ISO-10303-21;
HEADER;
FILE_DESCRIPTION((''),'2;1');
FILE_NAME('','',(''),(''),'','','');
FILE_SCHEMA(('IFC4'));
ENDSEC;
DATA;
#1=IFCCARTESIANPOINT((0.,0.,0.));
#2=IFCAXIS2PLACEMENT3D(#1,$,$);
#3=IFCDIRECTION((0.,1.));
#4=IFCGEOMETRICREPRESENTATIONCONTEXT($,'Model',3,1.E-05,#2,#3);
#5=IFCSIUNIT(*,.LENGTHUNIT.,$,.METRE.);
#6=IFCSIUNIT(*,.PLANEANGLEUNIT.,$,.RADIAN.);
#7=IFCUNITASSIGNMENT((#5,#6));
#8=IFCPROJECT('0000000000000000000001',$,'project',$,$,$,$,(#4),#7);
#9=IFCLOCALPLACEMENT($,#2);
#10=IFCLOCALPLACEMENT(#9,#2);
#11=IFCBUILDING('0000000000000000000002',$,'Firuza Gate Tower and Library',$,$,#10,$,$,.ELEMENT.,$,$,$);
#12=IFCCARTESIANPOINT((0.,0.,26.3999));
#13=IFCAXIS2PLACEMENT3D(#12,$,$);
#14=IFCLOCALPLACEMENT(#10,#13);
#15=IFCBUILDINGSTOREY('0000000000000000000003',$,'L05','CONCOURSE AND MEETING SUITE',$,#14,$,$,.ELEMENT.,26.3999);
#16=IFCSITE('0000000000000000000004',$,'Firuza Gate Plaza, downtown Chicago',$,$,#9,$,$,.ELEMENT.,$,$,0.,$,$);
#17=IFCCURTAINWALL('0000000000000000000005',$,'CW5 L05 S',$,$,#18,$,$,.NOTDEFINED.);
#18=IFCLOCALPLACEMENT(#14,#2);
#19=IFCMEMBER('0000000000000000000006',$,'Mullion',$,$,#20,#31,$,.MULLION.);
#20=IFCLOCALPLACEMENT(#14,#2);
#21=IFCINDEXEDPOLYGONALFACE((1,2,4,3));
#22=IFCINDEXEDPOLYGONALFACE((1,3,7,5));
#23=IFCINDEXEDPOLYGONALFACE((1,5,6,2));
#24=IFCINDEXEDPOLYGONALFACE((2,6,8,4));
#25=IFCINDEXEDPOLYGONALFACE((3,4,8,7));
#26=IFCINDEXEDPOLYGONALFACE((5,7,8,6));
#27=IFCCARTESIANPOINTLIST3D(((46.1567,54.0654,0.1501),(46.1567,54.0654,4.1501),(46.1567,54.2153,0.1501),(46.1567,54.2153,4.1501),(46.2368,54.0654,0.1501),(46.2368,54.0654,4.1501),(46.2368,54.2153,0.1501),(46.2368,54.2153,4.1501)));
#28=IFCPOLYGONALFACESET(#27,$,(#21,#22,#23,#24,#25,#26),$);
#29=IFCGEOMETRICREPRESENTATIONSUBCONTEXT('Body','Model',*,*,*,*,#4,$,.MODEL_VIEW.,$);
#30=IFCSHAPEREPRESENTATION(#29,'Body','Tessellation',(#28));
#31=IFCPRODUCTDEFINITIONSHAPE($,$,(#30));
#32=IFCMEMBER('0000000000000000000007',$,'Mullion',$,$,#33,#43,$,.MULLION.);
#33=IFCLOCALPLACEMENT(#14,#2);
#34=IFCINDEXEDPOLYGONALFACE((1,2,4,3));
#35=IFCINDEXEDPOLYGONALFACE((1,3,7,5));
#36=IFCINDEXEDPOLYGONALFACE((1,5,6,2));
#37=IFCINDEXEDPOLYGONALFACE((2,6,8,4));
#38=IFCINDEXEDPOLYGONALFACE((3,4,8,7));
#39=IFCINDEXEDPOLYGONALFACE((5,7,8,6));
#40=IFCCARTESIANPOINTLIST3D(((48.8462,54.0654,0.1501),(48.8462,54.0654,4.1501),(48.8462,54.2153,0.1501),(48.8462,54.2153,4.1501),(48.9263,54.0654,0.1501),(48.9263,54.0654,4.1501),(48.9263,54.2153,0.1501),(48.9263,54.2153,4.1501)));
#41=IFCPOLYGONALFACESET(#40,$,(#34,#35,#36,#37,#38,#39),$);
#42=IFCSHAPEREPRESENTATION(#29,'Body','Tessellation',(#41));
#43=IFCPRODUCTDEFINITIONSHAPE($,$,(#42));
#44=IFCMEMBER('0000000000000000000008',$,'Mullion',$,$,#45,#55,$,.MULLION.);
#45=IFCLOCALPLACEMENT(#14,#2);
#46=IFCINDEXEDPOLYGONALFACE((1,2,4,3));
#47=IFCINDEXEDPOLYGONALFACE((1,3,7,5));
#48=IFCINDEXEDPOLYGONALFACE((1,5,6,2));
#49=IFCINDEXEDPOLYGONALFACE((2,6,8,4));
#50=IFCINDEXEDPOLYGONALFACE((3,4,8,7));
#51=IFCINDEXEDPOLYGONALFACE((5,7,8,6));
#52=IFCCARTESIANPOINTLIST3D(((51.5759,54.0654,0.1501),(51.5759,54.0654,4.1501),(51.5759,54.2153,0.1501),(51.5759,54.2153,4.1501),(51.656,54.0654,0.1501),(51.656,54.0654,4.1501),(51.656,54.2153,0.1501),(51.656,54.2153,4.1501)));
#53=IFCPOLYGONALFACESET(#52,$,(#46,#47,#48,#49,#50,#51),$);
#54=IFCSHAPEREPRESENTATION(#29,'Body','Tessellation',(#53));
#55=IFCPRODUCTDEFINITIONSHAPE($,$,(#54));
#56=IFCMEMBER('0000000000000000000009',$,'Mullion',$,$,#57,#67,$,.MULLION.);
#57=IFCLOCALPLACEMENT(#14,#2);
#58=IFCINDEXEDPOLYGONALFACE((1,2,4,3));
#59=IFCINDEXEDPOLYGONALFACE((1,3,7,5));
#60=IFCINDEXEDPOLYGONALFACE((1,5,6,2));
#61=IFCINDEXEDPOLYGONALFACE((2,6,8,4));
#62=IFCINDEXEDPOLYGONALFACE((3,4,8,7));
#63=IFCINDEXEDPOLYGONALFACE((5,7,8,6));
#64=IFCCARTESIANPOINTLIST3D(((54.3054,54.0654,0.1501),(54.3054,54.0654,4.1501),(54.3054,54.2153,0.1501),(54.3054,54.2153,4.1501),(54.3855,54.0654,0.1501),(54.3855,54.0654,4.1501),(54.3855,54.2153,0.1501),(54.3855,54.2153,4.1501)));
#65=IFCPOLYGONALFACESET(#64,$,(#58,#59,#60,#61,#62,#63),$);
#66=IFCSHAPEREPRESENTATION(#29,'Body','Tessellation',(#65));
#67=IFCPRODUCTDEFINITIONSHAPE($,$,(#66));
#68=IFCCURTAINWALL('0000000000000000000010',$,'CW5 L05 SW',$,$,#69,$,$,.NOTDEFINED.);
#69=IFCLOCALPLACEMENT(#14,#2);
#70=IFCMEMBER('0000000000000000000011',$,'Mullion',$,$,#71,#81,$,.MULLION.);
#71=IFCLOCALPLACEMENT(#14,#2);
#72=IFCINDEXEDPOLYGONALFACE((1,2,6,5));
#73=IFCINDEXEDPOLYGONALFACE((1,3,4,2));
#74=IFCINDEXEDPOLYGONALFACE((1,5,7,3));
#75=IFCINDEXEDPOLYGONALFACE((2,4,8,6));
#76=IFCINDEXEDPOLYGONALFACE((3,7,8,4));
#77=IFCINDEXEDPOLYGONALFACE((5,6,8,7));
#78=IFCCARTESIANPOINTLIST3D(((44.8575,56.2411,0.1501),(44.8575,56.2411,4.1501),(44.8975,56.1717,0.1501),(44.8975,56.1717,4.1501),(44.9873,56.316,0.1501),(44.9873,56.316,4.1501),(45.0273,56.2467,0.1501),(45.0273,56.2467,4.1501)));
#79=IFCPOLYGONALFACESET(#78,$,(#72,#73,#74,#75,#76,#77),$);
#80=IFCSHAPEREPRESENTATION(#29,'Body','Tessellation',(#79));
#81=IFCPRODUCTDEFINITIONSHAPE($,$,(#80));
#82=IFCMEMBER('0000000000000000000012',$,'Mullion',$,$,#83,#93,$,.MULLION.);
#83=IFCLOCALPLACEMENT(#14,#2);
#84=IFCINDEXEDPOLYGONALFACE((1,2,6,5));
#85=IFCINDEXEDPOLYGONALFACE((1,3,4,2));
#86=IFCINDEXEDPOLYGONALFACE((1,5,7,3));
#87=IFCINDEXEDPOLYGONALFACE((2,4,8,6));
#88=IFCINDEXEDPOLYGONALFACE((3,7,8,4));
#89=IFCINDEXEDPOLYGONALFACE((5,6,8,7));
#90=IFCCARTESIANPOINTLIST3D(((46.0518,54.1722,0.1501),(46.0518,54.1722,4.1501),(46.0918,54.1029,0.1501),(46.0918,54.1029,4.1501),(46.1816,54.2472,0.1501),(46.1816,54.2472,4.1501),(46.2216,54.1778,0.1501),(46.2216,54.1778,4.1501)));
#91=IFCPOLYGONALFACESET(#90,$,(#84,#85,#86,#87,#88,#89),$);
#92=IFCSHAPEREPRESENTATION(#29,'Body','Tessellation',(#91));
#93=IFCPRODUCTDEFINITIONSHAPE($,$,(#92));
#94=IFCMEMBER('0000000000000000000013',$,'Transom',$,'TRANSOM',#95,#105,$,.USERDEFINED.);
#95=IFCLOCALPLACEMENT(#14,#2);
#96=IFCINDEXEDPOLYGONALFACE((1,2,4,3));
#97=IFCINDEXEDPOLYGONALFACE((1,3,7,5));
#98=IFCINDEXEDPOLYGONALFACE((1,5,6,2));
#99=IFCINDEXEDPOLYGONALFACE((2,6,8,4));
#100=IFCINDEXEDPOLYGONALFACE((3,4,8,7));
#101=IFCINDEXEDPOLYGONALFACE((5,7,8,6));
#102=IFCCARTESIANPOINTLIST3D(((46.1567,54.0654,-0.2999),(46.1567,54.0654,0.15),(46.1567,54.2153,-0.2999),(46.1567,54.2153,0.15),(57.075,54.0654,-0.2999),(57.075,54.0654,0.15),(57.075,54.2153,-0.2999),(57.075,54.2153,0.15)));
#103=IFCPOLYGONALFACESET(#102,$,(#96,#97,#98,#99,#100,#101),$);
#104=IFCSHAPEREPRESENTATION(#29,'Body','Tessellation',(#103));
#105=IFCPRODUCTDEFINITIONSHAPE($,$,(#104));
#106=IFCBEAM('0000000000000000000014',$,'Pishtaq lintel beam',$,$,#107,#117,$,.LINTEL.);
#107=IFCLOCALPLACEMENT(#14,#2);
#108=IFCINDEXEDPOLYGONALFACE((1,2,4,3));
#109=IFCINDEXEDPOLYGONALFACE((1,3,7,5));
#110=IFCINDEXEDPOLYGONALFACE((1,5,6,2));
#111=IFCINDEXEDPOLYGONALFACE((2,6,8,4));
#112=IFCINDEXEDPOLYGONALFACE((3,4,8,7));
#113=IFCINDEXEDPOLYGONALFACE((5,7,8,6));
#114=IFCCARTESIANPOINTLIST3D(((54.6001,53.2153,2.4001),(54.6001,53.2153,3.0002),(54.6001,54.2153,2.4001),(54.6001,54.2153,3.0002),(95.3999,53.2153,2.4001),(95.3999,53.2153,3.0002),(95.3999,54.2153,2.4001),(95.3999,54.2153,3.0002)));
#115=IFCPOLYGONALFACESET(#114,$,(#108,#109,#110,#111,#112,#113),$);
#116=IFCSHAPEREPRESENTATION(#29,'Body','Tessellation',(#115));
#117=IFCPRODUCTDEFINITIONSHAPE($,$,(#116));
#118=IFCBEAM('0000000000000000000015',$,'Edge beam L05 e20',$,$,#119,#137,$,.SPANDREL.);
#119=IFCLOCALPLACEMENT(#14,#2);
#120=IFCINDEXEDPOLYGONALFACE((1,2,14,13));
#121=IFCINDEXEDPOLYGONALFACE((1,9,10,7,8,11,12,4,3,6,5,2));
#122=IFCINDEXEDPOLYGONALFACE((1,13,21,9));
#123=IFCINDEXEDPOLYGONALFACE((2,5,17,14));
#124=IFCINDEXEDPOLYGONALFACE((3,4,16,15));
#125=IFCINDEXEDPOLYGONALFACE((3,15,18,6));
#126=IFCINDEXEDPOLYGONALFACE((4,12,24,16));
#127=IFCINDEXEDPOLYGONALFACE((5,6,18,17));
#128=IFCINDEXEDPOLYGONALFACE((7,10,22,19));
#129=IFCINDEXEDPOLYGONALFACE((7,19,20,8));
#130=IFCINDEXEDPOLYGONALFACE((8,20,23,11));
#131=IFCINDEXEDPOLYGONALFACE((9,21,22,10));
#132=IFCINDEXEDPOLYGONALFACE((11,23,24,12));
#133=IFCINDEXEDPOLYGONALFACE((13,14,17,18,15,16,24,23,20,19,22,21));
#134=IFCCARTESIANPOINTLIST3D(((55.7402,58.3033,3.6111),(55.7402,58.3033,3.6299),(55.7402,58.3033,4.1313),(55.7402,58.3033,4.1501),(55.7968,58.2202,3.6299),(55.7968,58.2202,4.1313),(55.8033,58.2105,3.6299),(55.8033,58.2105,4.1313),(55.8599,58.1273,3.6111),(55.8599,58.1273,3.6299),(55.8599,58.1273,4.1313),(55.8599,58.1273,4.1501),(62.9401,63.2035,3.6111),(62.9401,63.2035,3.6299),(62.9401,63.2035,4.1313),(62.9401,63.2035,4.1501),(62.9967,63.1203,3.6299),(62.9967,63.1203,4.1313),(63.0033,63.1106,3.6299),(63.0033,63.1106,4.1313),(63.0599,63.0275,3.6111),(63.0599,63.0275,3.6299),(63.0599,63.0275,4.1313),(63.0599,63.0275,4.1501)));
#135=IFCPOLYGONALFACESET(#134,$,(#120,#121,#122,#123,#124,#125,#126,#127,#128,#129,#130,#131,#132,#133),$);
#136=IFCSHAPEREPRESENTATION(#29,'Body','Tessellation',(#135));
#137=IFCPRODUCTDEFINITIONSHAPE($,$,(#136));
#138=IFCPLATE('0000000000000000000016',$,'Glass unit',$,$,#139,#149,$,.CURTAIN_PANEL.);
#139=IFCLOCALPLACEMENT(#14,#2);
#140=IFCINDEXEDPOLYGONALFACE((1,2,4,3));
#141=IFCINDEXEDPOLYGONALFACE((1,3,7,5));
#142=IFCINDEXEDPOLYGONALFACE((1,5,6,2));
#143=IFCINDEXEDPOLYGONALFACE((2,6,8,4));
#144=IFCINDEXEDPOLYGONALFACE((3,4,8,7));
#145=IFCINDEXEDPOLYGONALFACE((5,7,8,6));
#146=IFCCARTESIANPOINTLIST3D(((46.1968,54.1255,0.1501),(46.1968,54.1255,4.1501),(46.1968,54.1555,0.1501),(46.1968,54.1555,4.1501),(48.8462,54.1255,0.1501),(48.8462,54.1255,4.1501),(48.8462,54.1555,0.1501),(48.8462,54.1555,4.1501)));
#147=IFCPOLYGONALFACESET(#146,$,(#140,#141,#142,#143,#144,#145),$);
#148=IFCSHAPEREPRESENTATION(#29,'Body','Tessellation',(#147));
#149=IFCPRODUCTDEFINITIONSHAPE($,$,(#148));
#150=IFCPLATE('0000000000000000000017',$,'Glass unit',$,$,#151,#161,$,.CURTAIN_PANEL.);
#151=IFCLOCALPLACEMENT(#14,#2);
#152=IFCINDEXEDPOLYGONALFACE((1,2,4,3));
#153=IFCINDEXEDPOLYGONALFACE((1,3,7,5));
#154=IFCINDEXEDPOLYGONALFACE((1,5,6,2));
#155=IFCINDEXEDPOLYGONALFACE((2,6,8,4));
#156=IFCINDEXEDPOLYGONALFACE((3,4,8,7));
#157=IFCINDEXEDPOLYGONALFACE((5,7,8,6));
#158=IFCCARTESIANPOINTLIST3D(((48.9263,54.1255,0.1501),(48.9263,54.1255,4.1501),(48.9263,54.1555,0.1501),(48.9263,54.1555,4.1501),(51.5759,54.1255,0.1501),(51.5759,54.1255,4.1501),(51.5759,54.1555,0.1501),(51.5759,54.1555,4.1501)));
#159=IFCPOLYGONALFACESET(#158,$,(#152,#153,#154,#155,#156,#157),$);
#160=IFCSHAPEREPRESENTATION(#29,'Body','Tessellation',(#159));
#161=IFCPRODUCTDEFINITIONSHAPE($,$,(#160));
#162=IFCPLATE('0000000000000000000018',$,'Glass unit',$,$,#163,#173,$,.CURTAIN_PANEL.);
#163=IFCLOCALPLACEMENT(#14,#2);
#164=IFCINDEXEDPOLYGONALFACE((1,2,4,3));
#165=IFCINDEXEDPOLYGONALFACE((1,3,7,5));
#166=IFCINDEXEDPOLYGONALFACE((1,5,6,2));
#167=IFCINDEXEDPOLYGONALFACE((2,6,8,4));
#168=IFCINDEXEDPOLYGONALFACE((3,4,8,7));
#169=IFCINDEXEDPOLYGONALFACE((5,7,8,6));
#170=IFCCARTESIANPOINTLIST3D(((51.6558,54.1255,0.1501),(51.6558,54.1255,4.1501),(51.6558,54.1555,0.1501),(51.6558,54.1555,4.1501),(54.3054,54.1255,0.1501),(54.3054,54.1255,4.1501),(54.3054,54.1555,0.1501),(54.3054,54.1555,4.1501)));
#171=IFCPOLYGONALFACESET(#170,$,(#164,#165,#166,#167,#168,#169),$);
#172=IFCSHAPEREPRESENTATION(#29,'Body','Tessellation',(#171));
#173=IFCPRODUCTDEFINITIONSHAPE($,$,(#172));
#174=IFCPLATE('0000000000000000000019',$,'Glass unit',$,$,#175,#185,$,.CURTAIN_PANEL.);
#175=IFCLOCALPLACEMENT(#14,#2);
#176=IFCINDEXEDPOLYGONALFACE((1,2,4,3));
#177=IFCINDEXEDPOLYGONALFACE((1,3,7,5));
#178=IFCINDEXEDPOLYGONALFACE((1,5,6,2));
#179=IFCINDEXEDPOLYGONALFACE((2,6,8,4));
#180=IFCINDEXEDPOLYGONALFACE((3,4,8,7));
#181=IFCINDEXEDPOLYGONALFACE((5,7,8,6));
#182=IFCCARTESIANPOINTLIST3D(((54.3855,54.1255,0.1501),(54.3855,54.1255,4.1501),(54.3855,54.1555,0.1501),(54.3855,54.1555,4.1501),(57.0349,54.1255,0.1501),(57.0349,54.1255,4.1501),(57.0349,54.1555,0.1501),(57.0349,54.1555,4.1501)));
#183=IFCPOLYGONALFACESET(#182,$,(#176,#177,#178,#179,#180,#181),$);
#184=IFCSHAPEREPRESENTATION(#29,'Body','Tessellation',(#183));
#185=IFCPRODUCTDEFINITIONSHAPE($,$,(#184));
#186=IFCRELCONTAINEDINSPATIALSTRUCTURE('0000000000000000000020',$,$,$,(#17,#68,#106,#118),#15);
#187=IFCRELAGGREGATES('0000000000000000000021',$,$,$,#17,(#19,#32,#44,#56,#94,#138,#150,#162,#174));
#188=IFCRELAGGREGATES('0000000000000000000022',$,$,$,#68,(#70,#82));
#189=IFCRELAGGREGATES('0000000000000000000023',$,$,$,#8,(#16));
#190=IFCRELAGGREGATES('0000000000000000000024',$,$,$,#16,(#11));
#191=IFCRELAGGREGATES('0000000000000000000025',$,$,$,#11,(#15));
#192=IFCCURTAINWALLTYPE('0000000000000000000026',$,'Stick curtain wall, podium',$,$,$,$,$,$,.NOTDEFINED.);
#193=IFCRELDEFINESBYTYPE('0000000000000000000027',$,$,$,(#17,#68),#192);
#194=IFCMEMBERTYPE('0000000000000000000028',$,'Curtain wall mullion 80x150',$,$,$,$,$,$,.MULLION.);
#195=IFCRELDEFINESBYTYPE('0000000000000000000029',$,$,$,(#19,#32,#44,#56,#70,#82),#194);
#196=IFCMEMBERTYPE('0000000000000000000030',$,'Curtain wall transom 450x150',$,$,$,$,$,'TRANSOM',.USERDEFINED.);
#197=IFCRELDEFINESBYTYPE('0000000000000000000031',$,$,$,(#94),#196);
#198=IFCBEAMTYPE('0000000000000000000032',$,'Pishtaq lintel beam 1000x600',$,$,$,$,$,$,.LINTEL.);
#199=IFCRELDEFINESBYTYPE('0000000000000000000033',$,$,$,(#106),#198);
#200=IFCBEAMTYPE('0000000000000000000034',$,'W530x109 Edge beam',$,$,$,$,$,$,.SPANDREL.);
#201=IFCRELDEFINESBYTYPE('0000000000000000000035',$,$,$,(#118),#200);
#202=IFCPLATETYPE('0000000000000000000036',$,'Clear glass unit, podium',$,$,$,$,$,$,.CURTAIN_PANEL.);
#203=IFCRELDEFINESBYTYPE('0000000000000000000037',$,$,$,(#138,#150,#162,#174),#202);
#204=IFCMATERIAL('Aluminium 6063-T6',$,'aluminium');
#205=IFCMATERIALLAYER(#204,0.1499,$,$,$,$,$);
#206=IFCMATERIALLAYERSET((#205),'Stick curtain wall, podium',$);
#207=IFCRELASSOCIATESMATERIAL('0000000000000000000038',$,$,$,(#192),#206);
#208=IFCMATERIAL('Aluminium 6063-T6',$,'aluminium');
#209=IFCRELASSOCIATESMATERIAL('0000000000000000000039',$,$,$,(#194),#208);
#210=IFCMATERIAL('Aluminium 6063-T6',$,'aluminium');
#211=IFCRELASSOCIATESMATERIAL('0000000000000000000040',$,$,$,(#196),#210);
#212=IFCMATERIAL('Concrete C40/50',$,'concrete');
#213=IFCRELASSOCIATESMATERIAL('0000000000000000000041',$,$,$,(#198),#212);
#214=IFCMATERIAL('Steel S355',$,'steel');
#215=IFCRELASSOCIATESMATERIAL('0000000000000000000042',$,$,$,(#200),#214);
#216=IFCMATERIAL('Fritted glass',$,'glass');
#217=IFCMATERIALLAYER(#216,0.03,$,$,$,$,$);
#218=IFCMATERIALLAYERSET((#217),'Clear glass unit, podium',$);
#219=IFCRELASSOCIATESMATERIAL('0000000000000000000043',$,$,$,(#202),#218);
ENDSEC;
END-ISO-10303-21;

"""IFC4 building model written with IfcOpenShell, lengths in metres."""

from ifc_helpers import new_model, si_unit, direction, frame, origin, origin_2d, place, context, subcontext, project, spatial, polyline, rectangle, i_section, outline, extrude, material, layer, layer_set, material_profile, profile_set, type_object, element, aggregate, save


model = new_model("IFC4")

# Units and contexts
model_context = context("Model", 3, precision=1e-05, world=origin(), true_north=direction((0.0, 1.0)))
body_context = subcontext(model_context, "Body", "Model", "MODEL_VIEW")
ifc_project = project(units=[si_unit("LENGTHUNIT", "METRE"), si_unit("PLANEANGLEUNIT", "RADIAN")], contexts=[model_context])

# Site, building, storey
site_placement = place(None, origin())
site = spatial("IfcSite", under=ifc_project, at=site_placement, Name="Firuza Gate Plaza, downtown Chicago", CompositionType="ELEMENT", RefElevation=0.0)
building_placement = place(site_placement, origin())
building = spatial("IfcBuilding", under=site, at=building_placement, Name="Firuza Gate Tower and Library", CompositionType="ELEMENT")
storey_placement = place(building_placement, frame((0.0, 0.0, 26.3999)))
storey = spatial("IfcBuildingStorey", under=building, at=storey_placement, Name="L05", Description="CONCOURSE AND MEETING SUITE", CompositionType="ELEMENT", Elevation=26.3999)

# Curtain walls, members
ifc_material_1 = material(Name="Aluminium 6063-T6", Category="aluminium")
ifc_layer_1 = layer(ifc_material_1, 0.1499)
ifc_layer_set_1 = layer_set([ifc_layer_1], Name="Stick curtain wall, podium")
curtain_wall_type = type_object("IfcCurtainWallType", Name="Stick curtain wall, podium", PredefinedType="NOTDEFINED", material=ifc_layer_set_1)
placement_1 = place(storey_placement, origin())
curtain_wall_1 = element("IfcCurtainWall", 1, at=placement_1, inside=storey, type_object=curtain_wall_type, Name="CW5 L05 S", PredefinedType="NOTDEFINED")
ifc_material_2 = material(Name="Aluminium 6063-T6", Category="aluminium")
ifc_material_profile_1 = material_profile(ifc_material_2, rectangle(XDim=0.1499, YDim=0.0801, at=origin_2d()))
ifc_profile_set_1 = profile_set([ifc_material_profile_1], Name="Aluminium 6063-T6")
member_type_1 = type_object("IfcMemberType", Name="Curtain wall mullion 80x150", PredefinedType="MULLION", material=ifc_profile_set_1)
member_1_placement = place(storey_placement, frame((46.1968, 54.1404, 0.1501), z_axis=(0.0, 0.0, 1.0), x_axis=(0.0, 1.0, 0.0)))
member_1 = element("IfcMember", 2, at=member_1_placement, type_object=member_type_1, Name="Mullion", PredefinedType="MULLION", context=body_context, shape_type="SweptSolid", body=[
    extrude(rectangle(XDim=0.1499, YDim=0.0801, at=origin_2d()), origin(), (0.0, 0.0, 1.0), 4.0),
])
member_2_placement = place(storey_placement, frame((48.8862, 54.1404, 0.1501), z_axis=(0.0, 0.0, 1.0), x_axis=(0.0, 1.0, 0.0)))
member_2 = element("IfcMember", 3, at=member_2_placement, type_object=member_type_1, Name="Mullion", PredefinedType="MULLION", context=body_context, shape_type="SweptSolid", body=[
    extrude(rectangle(XDim=0.1499, YDim=0.0801, at=origin_2d()), origin(), (0.0, 0.0, 1.0), 4.0),
])
member_3_placement = place(storey_placement, frame((51.616, 54.1404, 0.1501), z_axis=(0.0, 0.0, 1.0), x_axis=(0.0, 1.0, 0.0)))
member_3 = element("IfcMember", 4, at=member_3_placement, type_object=member_type_1, Name="Mullion", PredefinedType="MULLION", context=body_context, shape_type="SweptSolid", body=[
    extrude(rectangle(XDim=0.1499, YDim=0.0801, at=origin_2d()), origin(), (0.0, 0.0, 1.0), 4.0),
])
member_4_placement = place(storey_placement, frame((54.3455, 54.1404, 0.1501), z_axis=(0.0, 0.0, 1.0), x_axis=(0.0, 1.0, 0.0)))
member_4 = element("IfcMember", 5, at=member_4_placement, type_object=member_type_1, Name="Mullion", PredefinedType="MULLION", context=body_context, shape_type="SweptSolid", body=[
    extrude(rectangle(XDim=0.1499, YDim=0.0801, at=origin_2d()), origin(), (0.0, 0.0, 1.0), 4.0),
])
curtain_wall_2 = element("IfcCurtainWall", 6, at=placement_1, inside=storey, type_object=curtain_wall_type, Name="CW5 L05 SW", PredefinedType="NOTDEFINED")
member_5_placement = place(storey_placement, frame((44.9424, 56.2439, 0.1501), z_axis=(0.0, 0.0, 1.0), x_axis=(0.866025, 0.5, 0.0)))
member_5 = element("IfcMember", 7, at=member_5_placement, type_object=member_type_1, Name="Mullion", PredefinedType="MULLION", context=body_context, shape_type="SweptSolid", body=[
    extrude(rectangle(XDim=0.1499, YDim=0.0801, at=origin_2d()), origin(), (0.0, 0.0, 1.0), 4.0),
])
member_6_placement = place(storey_placement, frame((46.1367, 54.175, 0.1501), z_axis=(0.0, 0.0, 1.0), x_axis=(0.866025, 0.5, 0.0)))
member_6 = element("IfcMember", 8, at=member_6_placement, type_object=member_type_1, Name="Mullion", PredefinedType="MULLION", context=body_context, shape_type="SweptSolid", body=[
    extrude(rectangle(XDim=0.1499, YDim=0.0801, at=origin_2d()), origin(), (0.0, 0.0, 1.0), 4.0),
])

# Member
ifc_material_3 = material(Name="Aluminium 6063-T6", Category="aluminium")
ifc_material_profile_2 = material_profile(ifc_material_3, rectangle(XDim=0.1499, YDim=0.45, at=origin_2d()))
ifc_profile_set_2 = profile_set([ifc_material_profile_2], Name="Aluminium 6063-T6")
member_type_2 = type_object("IfcMemberType", Name="Curtain wall transom 450x150", ElementType="TRANSOM", PredefinedType="USERDEFINED", material=ifc_profile_set_2)
member_7_placement = place(storey_placement, frame((46.1567, 54.1404, -0.075), z_axis=(1.0, 0.0, 0.0), x_axis=(0.0, 1.0, 0.0)))
member_7 = element("IfcMember", 9, at=member_7_placement, type_object=member_type_2, Name="Transom", ObjectType="TRANSOM", PredefinedType="USERDEFINED", context=body_context, shape_type="SweptSolid", body=[
    extrude(rectangle(XDim=0.1499, YDim=0.45, at=origin_2d()), origin(), (0.0, 0.0, 1.0), 10.9182),
])

# Beams
ifc_material_4 = material(Name="Concrete C40/50", Category="concrete")
ifc_material_profile_3 = material_profile(ifc_material_4, rectangle(XDim=1.0, YDim=0.6001, at=origin_2d()))
ifc_profile_set_3 = profile_set([ifc_material_profile_3], Name="Concrete C40/50")
beam_type_1 = type_object("IfcBeamType", Name="Pishtaq lintel beam 1000x600", PredefinedType="LINTEL", material=ifc_profile_set_3)
beam_1_placement = place(storey_placement, frame((54.6001, 53.7153, 2.7002), z_axis=(1.0, 0.0, 0.0), x_axis=(0.0, 1.0, 0.0)))
element("IfcBeam", 10, at=beam_1_placement, inside=storey, type_object=beam_type_1, Name="Pishtaq lintel beam", PredefinedType="LINTEL", context=body_context, shape_type="SweptSolid", body=[
    extrude(rectangle(XDim=1.0, YDim=0.6001, at=origin_2d()), origin(), (0.0, 0.0, 1.0), 40.7998),
])
ifc_material_5 = material(Name="Steel S355", Category="steel")
ifc_material_profile_4 = material_profile(ifc_material_5, i_section(OverallWidth=0.2129, OverallDepth=0.5391, WebThickness=0.0117, FlangeThickness=0.0188, at=origin_2d()))
ifc_profile_set_4 = profile_set([ifc_material_profile_4], Name="Steel S355")
beam_type_2 = type_object("IfcBeamType", Name="W530x109 Edge beam", PredefinedType="SPANDREL", material=ifc_profile_set_4)
beam_2_placement = place(storey_placement, frame((55.8, 58.2153, 3.8806), z_axis=(0.826703, 0.562638, 0.0), x_axis=(-0.562638, 0.826703, 0.0)))
element("IfcBeam", 11, at=beam_2_placement, inside=storey, type_object=beam_type_2, Name="Edge beam L05 e20", PredefinedType="SPANDREL", context=body_context, shape_type="SweptSolid", body=[
    extrude(i_section(OverallWidth=0.2129, OverallDepth=0.5391, WebThickness=0.0117, FlangeThickness=0.0188, at=origin_2d()), origin(), (0.0, 0.0, 1.0), 8.7092),
])

# Plates
ifc_material_6 = material(Name="Fritted glass", Category="glass")
ifc_layer_2 = layer(ifc_material_6, 0.03)
ifc_layer_set_2 = layer_set([ifc_layer_2], Name="Clear glass unit, podium")
plate_type = type_object("IfcPlateType", Name="Clear glass unit, podium", PredefinedType="CURTAIN_PANEL", material=ifc_layer_set_2)
plate_1_placement = place(storey_placement, frame((46.1968, 54.1255, 0.1501), z_axis=(0.0, -1.0, 0.0), x_axis=(1.0, 0.0, 0.0)))
plate_1 = element("IfcPlate", 12, at=plate_1_placement, type_object=plate_type, Name="Glass unit", PredefinedType="CURTAIN_PANEL", context=body_context, shape_type="SweptSolid", body=[
    extrude(outline(polyline([(0.0, 0.0), (2.6494, 0.0), (2.6494, 4.0), (0.0, 4.0), (0.0, 0.0)])), origin(), (0.0, 0.0, -1.0), 0.03),
])
plate_2_placement = place(storey_placement, frame((48.9263, 54.1255, 0.1501), z_axis=(0.0, -1.0, 0.0), x_axis=(1.0, 0.0, 0.0)))
plate_2 = element("IfcPlate", 13, at=plate_2_placement, type_object=plate_type, Name="Glass unit", PredefinedType="CURTAIN_PANEL", context=body_context, shape_type="SweptSolid", body=[
    extrude(outline(polyline([(0.0, 0.0), (2.6497, 0.0), (2.6497, 4.0), (0.0, 4.0), (0.0, 0.0)])), origin(), (0.0, 0.0, -1.0), 0.03),
])
plate_3_placement = place(storey_placement, frame((51.6558, 54.1255, 0.1501), z_axis=(0.0, -1.0, 0.0), x_axis=(1.0, 0.0, 0.0)))
plate_3 = element("IfcPlate", 14, at=plate_3_placement, type_object=plate_type, Name="Glass unit", PredefinedType="CURTAIN_PANEL", context=body_context, shape_type="SweptSolid", body=[
    extrude(outline(polyline([(0.0, 0.0), (2.6497, 0.0), (2.6497, 4.0), (0.0, 4.0), (0.0, 0.0)])), origin(), (0.0, 0.0, -1.0), 0.03),
])
plate_4_placement = place(storey_placement, frame((54.3855, 54.1255, 0.1501), z_axis=(0.0, -1.0, 0.0), x_axis=(1.0, 0.0, 0.0)))
plate_4 = element("IfcPlate", 15, at=plate_4_placement, type_object=plate_type, Name="Glass unit", PredefinedType="CURTAIN_PANEL", context=body_context, shape_type="SweptSolid", body=[
    extrude(outline(polyline([(0.0, 0.0), (2.6494, 0.0), (2.6494, 4.0), (0.0, 4.0), (0.0, 0.0)])), origin(), (0.0, 0.0, -1.0), 0.03),
])
aggregate(curtain_wall_1, [member_1, member_2, member_3, member_4, member_7, plate_1, plate_2, plate_3, plate_4])
aggregate(curtain_wall_2, [member_5, member_6])

save(model, "model.ifc")
